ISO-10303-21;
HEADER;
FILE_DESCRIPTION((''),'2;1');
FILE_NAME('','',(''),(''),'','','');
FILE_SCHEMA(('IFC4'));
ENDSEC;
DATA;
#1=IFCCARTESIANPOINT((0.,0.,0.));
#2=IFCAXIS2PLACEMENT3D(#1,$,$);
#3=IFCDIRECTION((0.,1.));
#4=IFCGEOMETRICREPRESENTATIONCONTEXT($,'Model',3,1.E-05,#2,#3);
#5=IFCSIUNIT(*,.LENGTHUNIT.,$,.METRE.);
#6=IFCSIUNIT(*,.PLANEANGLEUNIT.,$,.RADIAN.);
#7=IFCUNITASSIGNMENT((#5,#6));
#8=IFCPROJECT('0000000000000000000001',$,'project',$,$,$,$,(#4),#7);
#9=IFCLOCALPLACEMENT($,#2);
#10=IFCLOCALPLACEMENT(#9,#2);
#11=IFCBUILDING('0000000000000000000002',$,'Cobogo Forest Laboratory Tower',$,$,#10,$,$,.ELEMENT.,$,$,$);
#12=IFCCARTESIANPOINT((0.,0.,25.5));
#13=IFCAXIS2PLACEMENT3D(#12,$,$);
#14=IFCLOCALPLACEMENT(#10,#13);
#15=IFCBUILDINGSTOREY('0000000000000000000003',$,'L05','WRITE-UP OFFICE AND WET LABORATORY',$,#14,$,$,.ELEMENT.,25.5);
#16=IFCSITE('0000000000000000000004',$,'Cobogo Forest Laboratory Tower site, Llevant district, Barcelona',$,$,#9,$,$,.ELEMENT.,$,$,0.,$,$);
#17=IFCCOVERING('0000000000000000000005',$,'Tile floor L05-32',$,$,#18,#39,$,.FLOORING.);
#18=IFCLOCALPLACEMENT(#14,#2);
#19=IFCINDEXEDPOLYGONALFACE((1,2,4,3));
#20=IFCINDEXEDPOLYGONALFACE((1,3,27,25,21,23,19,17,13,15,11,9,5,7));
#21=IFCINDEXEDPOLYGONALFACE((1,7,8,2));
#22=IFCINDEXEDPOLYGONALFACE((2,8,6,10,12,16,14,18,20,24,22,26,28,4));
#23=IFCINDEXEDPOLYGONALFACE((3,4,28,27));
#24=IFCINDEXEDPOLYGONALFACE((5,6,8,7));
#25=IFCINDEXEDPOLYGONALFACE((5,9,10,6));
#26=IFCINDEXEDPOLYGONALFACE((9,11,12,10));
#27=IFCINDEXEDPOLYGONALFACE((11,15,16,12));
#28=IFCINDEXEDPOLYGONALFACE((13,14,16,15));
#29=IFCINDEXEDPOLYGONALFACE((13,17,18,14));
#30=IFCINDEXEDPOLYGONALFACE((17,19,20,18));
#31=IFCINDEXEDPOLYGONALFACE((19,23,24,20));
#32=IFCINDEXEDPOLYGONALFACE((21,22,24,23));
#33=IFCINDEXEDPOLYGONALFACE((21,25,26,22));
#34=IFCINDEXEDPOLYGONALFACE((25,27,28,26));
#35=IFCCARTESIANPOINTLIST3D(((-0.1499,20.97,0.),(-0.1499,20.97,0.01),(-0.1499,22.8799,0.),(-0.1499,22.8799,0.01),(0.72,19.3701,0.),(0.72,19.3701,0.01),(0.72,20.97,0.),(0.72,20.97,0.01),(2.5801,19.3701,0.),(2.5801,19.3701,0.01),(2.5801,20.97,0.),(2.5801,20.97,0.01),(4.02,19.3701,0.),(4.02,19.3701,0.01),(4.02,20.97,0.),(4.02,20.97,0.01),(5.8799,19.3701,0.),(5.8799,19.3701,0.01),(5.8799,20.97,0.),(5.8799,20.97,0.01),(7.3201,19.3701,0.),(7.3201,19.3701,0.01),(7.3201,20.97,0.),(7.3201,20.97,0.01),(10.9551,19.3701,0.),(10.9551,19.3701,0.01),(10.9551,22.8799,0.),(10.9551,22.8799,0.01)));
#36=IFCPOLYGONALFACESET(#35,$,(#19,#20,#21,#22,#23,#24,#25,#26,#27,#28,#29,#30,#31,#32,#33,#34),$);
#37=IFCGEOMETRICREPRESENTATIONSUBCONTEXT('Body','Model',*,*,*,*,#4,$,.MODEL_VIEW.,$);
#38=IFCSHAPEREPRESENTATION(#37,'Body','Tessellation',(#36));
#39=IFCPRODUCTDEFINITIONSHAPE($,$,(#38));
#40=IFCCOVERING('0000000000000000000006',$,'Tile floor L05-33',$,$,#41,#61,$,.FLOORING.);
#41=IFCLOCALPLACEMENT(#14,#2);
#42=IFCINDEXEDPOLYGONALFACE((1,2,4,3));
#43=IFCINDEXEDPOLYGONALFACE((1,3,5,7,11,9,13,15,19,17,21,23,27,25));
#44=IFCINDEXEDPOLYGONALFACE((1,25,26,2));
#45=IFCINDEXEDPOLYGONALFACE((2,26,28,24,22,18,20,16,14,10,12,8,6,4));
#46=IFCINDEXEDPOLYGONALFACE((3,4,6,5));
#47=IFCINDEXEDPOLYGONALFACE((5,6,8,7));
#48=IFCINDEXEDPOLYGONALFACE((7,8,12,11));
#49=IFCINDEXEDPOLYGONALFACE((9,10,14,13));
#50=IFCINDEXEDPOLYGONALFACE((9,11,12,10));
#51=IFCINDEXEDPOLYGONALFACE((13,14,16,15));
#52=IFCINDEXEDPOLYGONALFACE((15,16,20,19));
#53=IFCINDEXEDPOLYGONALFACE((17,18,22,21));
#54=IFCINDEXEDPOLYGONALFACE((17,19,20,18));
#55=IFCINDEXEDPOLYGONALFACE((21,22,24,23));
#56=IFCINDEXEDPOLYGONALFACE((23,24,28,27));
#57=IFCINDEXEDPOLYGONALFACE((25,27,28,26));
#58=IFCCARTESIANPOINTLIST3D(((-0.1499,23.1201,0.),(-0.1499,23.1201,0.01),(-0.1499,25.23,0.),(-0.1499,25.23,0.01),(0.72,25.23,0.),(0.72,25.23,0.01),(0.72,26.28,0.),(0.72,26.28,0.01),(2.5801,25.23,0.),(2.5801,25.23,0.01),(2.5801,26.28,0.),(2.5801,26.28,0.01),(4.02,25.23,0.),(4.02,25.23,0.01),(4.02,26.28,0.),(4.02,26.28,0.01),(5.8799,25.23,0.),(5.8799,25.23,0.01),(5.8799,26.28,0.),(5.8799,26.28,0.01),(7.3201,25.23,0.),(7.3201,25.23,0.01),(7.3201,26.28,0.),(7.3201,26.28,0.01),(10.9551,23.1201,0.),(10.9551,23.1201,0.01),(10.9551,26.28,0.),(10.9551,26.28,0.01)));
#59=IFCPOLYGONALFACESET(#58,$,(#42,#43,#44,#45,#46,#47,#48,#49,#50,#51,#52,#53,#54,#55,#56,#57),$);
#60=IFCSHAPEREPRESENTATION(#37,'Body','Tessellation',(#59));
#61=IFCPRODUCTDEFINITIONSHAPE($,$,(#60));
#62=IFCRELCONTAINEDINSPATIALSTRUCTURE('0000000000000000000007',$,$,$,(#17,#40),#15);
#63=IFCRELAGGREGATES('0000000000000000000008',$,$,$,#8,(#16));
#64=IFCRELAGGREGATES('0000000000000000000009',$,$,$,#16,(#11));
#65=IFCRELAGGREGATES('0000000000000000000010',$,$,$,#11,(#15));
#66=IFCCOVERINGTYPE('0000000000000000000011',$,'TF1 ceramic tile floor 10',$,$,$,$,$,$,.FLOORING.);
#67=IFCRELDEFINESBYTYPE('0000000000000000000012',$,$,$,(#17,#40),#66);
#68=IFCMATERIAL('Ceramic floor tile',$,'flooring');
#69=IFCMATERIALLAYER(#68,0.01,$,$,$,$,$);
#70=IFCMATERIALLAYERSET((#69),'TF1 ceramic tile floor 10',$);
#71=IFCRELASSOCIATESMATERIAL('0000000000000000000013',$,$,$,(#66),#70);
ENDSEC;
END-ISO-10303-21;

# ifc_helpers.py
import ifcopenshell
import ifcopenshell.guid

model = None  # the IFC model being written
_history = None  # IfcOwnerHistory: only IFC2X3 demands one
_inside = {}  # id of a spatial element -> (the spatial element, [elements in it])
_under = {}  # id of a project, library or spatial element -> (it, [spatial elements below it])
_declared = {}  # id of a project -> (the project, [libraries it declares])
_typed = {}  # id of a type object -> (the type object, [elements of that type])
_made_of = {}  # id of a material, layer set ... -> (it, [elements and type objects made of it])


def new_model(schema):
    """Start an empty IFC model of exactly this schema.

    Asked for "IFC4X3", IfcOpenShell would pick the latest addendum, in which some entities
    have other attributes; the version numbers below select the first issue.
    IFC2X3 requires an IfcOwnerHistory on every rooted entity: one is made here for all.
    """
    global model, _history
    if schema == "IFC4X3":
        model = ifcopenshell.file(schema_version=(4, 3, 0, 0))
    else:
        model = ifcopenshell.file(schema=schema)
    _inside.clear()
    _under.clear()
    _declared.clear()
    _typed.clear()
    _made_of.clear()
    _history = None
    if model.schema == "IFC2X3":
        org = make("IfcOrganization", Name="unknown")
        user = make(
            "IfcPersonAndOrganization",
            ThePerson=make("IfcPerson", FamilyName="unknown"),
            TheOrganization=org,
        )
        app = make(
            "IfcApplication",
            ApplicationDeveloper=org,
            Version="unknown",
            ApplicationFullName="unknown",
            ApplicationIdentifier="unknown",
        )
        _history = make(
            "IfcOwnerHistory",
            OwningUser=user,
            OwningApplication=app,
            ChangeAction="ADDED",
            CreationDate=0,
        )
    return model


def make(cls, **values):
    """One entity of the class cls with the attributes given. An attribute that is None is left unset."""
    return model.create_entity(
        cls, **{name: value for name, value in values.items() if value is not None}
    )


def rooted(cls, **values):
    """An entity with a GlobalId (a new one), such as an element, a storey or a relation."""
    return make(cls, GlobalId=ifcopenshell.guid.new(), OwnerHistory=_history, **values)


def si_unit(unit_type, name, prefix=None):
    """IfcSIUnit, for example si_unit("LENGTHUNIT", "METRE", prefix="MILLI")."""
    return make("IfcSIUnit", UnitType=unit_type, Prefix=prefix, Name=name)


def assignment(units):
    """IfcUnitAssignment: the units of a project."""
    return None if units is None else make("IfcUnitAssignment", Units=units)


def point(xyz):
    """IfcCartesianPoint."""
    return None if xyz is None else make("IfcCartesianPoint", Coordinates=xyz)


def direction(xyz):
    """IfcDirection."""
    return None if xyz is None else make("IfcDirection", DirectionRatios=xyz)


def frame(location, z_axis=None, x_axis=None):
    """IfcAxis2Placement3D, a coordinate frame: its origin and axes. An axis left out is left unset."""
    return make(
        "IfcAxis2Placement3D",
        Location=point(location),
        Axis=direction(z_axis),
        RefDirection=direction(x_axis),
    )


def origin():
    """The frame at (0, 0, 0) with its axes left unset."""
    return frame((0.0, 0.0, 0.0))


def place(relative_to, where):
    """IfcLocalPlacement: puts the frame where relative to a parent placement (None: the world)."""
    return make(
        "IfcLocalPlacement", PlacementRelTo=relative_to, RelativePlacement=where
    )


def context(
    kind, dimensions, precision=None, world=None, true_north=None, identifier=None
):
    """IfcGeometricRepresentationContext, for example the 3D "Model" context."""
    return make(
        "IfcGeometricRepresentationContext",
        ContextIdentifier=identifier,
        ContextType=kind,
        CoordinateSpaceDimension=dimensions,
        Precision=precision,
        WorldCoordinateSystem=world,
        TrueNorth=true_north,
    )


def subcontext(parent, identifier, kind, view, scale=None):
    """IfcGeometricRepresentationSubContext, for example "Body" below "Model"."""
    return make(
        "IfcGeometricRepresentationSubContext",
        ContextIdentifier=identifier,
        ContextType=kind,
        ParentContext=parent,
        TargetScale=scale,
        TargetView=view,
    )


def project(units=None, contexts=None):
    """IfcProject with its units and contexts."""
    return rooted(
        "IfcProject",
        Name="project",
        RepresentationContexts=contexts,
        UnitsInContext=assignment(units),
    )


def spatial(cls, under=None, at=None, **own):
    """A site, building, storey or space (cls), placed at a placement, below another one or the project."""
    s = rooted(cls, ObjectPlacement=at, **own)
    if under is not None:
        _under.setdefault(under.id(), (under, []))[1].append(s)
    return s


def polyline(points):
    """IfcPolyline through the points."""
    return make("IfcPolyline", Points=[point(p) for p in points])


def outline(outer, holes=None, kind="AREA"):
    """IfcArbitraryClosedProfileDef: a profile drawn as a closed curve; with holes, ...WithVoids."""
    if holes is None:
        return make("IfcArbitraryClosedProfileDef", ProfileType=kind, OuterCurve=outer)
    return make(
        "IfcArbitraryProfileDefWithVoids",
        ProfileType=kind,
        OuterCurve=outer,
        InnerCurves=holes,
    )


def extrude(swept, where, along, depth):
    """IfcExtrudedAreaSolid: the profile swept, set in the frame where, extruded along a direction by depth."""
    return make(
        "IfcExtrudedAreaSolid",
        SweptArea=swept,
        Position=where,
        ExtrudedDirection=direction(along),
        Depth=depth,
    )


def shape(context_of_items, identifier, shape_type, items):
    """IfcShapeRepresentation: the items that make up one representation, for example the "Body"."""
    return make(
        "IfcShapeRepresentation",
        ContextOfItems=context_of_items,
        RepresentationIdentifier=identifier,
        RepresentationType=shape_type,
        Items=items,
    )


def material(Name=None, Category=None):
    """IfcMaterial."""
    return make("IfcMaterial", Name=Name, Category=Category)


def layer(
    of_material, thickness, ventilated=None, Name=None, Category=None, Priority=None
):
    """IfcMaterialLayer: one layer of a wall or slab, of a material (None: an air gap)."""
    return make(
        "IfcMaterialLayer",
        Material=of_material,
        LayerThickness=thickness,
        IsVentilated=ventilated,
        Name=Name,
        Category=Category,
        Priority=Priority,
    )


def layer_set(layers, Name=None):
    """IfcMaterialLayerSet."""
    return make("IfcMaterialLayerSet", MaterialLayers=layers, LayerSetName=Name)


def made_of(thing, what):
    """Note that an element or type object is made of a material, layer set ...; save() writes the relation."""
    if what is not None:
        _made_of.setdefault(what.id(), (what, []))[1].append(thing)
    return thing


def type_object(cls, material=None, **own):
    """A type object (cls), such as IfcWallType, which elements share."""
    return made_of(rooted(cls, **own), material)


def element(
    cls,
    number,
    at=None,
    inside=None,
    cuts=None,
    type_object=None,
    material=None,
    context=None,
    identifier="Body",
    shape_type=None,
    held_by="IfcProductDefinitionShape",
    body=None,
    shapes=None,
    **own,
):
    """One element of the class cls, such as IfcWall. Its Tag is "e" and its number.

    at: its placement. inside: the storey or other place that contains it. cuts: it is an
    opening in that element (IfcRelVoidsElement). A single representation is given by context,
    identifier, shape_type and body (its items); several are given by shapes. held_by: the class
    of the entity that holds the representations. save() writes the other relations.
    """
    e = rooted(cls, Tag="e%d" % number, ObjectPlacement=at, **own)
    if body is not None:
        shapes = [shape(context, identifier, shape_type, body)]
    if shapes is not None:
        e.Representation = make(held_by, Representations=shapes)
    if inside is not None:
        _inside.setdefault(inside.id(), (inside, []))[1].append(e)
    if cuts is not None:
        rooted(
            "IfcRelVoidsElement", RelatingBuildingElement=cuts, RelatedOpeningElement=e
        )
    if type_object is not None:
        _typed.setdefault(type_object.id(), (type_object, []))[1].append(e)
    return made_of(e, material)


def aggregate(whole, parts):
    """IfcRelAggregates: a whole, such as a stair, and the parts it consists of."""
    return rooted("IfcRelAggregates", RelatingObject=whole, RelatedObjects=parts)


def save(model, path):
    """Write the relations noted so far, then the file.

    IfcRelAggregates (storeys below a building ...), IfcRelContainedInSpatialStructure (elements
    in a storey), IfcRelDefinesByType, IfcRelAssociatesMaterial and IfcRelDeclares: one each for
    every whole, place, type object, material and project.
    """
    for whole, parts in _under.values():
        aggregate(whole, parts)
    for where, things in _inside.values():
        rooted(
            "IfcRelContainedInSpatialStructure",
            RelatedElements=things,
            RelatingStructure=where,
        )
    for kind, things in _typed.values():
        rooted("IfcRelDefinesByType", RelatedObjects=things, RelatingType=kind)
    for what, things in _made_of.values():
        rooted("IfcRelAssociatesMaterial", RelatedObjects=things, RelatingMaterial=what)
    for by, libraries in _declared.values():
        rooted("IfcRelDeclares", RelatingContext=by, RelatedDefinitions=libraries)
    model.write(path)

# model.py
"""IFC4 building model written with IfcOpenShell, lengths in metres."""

from ifc_helpers import new_model, si_unit, direction, frame, origin, place, context, subcontext, project, spatial, polyline, outline, extrude, material, layer, layer_set, type_object, element, save


model = new_model("IFC4")

# Units and contexts
model_context = context("Model", 3, precision=1e-05, world=origin(), true_north=direction((0.0, 1.0)))
body_context = subcontext(model_context, "Body", "Model", "MODEL_VIEW")
ifc_project = project(units=[si_unit("LENGTHUNIT", "METRE"), si_unit("PLANEANGLEUNIT", "RADIAN")], contexts=[model_context])

# Site, building, storey
site_placement = place(None, origin())
site = spatial("IfcSite", under=ifc_project, at=site_placement, Name="Cobogo Forest Laboratory Tower site, Llevant district, Barcelona", CompositionType="ELEMENT", RefElevation=0.0)
building_placement = place(site_placement, origin())
building = spatial("IfcBuilding", under=site, at=building_placement, Name="Cobogo Forest Laboratory Tower", CompositionType="ELEMENT")
storey_placement = place(building_placement, frame((0.0, 0.0, 25.5)))
storey = spatial("IfcBuildingStorey", under=building, at=storey_placement, Name="L05", Description="WRITE-UP OFFICE AND WET LABORATORY", CompositionType="ELEMENT", Elevation=25.5)

# Coverings
ifc_material_1 = material(Name="Ceramic floor tile", Category="flooring")
ifc_layer_1 = layer(ifc_material_1, 0.01)
ifc_layer_set_1 = layer_set([ifc_layer_1], Name="TF1 ceramic tile floor 10")
covering_type_1 = type_object("IfcCoveringType", Name="TF1 ceramic tile floor 10", PredefinedType="FLOORING", material=ifc_layer_set_1)
covering_1_placement = place(storey_placement, origin())
element("IfcCovering", 1, at=covering_1_placement, inside=storey, type_object=covering_type_1, Name="Tile floor L05-32", PredefinedType="FLOORING", context=body_context, shape_type="SweptSolid", body=[
    extrude(outline(polyline([(10.9551, 19.3701), (7.3201, 19.3701), (7.3201, 20.97), (5.8799, 20.97), (5.8799, 19.3701), (4.02, 19.3701), (4.02, 20.97), (2.5801, 20.97), (2.5801, 19.3701), (0.72, 19.3701), (0.72, 20.97), (-0.1499, 20.97), (-0.1499, 22.8799), (10.9551, 22.8799), (10.9551, 19.3701)])), origin(), (0.0, 0.0, 1.0), 0.01),
])
covering_2_placement = place(storey_placement, origin())
element("IfcCovering", 2, at=covering_2_placement, inside=storey, type_object=covering_type_1, Name="Tile floor L05-33", PredefinedType="FLOORING", context=body_context, shape_type="SweptSolid", body=[
    extrude(outline(polyline([(10.9551, 23.1201), (-0.1499, 23.1201), (-0.1499, 25.23), (0.72, 25.23), (0.72, 26.28), (2.5801, 26.28), (2.5801, 25.23), (4.02, 25.23), (4.02, 26.28), (5.8799, 26.28), (5.8799, 25.23), (7.3201, 25.23), (7.3201, 26.28), (10.9551, 26.28), (10.9551, 23.1201)])), origin(), (0.0, 0.0, 1.0), 0.01),
])

save(model, "model.ifc")
